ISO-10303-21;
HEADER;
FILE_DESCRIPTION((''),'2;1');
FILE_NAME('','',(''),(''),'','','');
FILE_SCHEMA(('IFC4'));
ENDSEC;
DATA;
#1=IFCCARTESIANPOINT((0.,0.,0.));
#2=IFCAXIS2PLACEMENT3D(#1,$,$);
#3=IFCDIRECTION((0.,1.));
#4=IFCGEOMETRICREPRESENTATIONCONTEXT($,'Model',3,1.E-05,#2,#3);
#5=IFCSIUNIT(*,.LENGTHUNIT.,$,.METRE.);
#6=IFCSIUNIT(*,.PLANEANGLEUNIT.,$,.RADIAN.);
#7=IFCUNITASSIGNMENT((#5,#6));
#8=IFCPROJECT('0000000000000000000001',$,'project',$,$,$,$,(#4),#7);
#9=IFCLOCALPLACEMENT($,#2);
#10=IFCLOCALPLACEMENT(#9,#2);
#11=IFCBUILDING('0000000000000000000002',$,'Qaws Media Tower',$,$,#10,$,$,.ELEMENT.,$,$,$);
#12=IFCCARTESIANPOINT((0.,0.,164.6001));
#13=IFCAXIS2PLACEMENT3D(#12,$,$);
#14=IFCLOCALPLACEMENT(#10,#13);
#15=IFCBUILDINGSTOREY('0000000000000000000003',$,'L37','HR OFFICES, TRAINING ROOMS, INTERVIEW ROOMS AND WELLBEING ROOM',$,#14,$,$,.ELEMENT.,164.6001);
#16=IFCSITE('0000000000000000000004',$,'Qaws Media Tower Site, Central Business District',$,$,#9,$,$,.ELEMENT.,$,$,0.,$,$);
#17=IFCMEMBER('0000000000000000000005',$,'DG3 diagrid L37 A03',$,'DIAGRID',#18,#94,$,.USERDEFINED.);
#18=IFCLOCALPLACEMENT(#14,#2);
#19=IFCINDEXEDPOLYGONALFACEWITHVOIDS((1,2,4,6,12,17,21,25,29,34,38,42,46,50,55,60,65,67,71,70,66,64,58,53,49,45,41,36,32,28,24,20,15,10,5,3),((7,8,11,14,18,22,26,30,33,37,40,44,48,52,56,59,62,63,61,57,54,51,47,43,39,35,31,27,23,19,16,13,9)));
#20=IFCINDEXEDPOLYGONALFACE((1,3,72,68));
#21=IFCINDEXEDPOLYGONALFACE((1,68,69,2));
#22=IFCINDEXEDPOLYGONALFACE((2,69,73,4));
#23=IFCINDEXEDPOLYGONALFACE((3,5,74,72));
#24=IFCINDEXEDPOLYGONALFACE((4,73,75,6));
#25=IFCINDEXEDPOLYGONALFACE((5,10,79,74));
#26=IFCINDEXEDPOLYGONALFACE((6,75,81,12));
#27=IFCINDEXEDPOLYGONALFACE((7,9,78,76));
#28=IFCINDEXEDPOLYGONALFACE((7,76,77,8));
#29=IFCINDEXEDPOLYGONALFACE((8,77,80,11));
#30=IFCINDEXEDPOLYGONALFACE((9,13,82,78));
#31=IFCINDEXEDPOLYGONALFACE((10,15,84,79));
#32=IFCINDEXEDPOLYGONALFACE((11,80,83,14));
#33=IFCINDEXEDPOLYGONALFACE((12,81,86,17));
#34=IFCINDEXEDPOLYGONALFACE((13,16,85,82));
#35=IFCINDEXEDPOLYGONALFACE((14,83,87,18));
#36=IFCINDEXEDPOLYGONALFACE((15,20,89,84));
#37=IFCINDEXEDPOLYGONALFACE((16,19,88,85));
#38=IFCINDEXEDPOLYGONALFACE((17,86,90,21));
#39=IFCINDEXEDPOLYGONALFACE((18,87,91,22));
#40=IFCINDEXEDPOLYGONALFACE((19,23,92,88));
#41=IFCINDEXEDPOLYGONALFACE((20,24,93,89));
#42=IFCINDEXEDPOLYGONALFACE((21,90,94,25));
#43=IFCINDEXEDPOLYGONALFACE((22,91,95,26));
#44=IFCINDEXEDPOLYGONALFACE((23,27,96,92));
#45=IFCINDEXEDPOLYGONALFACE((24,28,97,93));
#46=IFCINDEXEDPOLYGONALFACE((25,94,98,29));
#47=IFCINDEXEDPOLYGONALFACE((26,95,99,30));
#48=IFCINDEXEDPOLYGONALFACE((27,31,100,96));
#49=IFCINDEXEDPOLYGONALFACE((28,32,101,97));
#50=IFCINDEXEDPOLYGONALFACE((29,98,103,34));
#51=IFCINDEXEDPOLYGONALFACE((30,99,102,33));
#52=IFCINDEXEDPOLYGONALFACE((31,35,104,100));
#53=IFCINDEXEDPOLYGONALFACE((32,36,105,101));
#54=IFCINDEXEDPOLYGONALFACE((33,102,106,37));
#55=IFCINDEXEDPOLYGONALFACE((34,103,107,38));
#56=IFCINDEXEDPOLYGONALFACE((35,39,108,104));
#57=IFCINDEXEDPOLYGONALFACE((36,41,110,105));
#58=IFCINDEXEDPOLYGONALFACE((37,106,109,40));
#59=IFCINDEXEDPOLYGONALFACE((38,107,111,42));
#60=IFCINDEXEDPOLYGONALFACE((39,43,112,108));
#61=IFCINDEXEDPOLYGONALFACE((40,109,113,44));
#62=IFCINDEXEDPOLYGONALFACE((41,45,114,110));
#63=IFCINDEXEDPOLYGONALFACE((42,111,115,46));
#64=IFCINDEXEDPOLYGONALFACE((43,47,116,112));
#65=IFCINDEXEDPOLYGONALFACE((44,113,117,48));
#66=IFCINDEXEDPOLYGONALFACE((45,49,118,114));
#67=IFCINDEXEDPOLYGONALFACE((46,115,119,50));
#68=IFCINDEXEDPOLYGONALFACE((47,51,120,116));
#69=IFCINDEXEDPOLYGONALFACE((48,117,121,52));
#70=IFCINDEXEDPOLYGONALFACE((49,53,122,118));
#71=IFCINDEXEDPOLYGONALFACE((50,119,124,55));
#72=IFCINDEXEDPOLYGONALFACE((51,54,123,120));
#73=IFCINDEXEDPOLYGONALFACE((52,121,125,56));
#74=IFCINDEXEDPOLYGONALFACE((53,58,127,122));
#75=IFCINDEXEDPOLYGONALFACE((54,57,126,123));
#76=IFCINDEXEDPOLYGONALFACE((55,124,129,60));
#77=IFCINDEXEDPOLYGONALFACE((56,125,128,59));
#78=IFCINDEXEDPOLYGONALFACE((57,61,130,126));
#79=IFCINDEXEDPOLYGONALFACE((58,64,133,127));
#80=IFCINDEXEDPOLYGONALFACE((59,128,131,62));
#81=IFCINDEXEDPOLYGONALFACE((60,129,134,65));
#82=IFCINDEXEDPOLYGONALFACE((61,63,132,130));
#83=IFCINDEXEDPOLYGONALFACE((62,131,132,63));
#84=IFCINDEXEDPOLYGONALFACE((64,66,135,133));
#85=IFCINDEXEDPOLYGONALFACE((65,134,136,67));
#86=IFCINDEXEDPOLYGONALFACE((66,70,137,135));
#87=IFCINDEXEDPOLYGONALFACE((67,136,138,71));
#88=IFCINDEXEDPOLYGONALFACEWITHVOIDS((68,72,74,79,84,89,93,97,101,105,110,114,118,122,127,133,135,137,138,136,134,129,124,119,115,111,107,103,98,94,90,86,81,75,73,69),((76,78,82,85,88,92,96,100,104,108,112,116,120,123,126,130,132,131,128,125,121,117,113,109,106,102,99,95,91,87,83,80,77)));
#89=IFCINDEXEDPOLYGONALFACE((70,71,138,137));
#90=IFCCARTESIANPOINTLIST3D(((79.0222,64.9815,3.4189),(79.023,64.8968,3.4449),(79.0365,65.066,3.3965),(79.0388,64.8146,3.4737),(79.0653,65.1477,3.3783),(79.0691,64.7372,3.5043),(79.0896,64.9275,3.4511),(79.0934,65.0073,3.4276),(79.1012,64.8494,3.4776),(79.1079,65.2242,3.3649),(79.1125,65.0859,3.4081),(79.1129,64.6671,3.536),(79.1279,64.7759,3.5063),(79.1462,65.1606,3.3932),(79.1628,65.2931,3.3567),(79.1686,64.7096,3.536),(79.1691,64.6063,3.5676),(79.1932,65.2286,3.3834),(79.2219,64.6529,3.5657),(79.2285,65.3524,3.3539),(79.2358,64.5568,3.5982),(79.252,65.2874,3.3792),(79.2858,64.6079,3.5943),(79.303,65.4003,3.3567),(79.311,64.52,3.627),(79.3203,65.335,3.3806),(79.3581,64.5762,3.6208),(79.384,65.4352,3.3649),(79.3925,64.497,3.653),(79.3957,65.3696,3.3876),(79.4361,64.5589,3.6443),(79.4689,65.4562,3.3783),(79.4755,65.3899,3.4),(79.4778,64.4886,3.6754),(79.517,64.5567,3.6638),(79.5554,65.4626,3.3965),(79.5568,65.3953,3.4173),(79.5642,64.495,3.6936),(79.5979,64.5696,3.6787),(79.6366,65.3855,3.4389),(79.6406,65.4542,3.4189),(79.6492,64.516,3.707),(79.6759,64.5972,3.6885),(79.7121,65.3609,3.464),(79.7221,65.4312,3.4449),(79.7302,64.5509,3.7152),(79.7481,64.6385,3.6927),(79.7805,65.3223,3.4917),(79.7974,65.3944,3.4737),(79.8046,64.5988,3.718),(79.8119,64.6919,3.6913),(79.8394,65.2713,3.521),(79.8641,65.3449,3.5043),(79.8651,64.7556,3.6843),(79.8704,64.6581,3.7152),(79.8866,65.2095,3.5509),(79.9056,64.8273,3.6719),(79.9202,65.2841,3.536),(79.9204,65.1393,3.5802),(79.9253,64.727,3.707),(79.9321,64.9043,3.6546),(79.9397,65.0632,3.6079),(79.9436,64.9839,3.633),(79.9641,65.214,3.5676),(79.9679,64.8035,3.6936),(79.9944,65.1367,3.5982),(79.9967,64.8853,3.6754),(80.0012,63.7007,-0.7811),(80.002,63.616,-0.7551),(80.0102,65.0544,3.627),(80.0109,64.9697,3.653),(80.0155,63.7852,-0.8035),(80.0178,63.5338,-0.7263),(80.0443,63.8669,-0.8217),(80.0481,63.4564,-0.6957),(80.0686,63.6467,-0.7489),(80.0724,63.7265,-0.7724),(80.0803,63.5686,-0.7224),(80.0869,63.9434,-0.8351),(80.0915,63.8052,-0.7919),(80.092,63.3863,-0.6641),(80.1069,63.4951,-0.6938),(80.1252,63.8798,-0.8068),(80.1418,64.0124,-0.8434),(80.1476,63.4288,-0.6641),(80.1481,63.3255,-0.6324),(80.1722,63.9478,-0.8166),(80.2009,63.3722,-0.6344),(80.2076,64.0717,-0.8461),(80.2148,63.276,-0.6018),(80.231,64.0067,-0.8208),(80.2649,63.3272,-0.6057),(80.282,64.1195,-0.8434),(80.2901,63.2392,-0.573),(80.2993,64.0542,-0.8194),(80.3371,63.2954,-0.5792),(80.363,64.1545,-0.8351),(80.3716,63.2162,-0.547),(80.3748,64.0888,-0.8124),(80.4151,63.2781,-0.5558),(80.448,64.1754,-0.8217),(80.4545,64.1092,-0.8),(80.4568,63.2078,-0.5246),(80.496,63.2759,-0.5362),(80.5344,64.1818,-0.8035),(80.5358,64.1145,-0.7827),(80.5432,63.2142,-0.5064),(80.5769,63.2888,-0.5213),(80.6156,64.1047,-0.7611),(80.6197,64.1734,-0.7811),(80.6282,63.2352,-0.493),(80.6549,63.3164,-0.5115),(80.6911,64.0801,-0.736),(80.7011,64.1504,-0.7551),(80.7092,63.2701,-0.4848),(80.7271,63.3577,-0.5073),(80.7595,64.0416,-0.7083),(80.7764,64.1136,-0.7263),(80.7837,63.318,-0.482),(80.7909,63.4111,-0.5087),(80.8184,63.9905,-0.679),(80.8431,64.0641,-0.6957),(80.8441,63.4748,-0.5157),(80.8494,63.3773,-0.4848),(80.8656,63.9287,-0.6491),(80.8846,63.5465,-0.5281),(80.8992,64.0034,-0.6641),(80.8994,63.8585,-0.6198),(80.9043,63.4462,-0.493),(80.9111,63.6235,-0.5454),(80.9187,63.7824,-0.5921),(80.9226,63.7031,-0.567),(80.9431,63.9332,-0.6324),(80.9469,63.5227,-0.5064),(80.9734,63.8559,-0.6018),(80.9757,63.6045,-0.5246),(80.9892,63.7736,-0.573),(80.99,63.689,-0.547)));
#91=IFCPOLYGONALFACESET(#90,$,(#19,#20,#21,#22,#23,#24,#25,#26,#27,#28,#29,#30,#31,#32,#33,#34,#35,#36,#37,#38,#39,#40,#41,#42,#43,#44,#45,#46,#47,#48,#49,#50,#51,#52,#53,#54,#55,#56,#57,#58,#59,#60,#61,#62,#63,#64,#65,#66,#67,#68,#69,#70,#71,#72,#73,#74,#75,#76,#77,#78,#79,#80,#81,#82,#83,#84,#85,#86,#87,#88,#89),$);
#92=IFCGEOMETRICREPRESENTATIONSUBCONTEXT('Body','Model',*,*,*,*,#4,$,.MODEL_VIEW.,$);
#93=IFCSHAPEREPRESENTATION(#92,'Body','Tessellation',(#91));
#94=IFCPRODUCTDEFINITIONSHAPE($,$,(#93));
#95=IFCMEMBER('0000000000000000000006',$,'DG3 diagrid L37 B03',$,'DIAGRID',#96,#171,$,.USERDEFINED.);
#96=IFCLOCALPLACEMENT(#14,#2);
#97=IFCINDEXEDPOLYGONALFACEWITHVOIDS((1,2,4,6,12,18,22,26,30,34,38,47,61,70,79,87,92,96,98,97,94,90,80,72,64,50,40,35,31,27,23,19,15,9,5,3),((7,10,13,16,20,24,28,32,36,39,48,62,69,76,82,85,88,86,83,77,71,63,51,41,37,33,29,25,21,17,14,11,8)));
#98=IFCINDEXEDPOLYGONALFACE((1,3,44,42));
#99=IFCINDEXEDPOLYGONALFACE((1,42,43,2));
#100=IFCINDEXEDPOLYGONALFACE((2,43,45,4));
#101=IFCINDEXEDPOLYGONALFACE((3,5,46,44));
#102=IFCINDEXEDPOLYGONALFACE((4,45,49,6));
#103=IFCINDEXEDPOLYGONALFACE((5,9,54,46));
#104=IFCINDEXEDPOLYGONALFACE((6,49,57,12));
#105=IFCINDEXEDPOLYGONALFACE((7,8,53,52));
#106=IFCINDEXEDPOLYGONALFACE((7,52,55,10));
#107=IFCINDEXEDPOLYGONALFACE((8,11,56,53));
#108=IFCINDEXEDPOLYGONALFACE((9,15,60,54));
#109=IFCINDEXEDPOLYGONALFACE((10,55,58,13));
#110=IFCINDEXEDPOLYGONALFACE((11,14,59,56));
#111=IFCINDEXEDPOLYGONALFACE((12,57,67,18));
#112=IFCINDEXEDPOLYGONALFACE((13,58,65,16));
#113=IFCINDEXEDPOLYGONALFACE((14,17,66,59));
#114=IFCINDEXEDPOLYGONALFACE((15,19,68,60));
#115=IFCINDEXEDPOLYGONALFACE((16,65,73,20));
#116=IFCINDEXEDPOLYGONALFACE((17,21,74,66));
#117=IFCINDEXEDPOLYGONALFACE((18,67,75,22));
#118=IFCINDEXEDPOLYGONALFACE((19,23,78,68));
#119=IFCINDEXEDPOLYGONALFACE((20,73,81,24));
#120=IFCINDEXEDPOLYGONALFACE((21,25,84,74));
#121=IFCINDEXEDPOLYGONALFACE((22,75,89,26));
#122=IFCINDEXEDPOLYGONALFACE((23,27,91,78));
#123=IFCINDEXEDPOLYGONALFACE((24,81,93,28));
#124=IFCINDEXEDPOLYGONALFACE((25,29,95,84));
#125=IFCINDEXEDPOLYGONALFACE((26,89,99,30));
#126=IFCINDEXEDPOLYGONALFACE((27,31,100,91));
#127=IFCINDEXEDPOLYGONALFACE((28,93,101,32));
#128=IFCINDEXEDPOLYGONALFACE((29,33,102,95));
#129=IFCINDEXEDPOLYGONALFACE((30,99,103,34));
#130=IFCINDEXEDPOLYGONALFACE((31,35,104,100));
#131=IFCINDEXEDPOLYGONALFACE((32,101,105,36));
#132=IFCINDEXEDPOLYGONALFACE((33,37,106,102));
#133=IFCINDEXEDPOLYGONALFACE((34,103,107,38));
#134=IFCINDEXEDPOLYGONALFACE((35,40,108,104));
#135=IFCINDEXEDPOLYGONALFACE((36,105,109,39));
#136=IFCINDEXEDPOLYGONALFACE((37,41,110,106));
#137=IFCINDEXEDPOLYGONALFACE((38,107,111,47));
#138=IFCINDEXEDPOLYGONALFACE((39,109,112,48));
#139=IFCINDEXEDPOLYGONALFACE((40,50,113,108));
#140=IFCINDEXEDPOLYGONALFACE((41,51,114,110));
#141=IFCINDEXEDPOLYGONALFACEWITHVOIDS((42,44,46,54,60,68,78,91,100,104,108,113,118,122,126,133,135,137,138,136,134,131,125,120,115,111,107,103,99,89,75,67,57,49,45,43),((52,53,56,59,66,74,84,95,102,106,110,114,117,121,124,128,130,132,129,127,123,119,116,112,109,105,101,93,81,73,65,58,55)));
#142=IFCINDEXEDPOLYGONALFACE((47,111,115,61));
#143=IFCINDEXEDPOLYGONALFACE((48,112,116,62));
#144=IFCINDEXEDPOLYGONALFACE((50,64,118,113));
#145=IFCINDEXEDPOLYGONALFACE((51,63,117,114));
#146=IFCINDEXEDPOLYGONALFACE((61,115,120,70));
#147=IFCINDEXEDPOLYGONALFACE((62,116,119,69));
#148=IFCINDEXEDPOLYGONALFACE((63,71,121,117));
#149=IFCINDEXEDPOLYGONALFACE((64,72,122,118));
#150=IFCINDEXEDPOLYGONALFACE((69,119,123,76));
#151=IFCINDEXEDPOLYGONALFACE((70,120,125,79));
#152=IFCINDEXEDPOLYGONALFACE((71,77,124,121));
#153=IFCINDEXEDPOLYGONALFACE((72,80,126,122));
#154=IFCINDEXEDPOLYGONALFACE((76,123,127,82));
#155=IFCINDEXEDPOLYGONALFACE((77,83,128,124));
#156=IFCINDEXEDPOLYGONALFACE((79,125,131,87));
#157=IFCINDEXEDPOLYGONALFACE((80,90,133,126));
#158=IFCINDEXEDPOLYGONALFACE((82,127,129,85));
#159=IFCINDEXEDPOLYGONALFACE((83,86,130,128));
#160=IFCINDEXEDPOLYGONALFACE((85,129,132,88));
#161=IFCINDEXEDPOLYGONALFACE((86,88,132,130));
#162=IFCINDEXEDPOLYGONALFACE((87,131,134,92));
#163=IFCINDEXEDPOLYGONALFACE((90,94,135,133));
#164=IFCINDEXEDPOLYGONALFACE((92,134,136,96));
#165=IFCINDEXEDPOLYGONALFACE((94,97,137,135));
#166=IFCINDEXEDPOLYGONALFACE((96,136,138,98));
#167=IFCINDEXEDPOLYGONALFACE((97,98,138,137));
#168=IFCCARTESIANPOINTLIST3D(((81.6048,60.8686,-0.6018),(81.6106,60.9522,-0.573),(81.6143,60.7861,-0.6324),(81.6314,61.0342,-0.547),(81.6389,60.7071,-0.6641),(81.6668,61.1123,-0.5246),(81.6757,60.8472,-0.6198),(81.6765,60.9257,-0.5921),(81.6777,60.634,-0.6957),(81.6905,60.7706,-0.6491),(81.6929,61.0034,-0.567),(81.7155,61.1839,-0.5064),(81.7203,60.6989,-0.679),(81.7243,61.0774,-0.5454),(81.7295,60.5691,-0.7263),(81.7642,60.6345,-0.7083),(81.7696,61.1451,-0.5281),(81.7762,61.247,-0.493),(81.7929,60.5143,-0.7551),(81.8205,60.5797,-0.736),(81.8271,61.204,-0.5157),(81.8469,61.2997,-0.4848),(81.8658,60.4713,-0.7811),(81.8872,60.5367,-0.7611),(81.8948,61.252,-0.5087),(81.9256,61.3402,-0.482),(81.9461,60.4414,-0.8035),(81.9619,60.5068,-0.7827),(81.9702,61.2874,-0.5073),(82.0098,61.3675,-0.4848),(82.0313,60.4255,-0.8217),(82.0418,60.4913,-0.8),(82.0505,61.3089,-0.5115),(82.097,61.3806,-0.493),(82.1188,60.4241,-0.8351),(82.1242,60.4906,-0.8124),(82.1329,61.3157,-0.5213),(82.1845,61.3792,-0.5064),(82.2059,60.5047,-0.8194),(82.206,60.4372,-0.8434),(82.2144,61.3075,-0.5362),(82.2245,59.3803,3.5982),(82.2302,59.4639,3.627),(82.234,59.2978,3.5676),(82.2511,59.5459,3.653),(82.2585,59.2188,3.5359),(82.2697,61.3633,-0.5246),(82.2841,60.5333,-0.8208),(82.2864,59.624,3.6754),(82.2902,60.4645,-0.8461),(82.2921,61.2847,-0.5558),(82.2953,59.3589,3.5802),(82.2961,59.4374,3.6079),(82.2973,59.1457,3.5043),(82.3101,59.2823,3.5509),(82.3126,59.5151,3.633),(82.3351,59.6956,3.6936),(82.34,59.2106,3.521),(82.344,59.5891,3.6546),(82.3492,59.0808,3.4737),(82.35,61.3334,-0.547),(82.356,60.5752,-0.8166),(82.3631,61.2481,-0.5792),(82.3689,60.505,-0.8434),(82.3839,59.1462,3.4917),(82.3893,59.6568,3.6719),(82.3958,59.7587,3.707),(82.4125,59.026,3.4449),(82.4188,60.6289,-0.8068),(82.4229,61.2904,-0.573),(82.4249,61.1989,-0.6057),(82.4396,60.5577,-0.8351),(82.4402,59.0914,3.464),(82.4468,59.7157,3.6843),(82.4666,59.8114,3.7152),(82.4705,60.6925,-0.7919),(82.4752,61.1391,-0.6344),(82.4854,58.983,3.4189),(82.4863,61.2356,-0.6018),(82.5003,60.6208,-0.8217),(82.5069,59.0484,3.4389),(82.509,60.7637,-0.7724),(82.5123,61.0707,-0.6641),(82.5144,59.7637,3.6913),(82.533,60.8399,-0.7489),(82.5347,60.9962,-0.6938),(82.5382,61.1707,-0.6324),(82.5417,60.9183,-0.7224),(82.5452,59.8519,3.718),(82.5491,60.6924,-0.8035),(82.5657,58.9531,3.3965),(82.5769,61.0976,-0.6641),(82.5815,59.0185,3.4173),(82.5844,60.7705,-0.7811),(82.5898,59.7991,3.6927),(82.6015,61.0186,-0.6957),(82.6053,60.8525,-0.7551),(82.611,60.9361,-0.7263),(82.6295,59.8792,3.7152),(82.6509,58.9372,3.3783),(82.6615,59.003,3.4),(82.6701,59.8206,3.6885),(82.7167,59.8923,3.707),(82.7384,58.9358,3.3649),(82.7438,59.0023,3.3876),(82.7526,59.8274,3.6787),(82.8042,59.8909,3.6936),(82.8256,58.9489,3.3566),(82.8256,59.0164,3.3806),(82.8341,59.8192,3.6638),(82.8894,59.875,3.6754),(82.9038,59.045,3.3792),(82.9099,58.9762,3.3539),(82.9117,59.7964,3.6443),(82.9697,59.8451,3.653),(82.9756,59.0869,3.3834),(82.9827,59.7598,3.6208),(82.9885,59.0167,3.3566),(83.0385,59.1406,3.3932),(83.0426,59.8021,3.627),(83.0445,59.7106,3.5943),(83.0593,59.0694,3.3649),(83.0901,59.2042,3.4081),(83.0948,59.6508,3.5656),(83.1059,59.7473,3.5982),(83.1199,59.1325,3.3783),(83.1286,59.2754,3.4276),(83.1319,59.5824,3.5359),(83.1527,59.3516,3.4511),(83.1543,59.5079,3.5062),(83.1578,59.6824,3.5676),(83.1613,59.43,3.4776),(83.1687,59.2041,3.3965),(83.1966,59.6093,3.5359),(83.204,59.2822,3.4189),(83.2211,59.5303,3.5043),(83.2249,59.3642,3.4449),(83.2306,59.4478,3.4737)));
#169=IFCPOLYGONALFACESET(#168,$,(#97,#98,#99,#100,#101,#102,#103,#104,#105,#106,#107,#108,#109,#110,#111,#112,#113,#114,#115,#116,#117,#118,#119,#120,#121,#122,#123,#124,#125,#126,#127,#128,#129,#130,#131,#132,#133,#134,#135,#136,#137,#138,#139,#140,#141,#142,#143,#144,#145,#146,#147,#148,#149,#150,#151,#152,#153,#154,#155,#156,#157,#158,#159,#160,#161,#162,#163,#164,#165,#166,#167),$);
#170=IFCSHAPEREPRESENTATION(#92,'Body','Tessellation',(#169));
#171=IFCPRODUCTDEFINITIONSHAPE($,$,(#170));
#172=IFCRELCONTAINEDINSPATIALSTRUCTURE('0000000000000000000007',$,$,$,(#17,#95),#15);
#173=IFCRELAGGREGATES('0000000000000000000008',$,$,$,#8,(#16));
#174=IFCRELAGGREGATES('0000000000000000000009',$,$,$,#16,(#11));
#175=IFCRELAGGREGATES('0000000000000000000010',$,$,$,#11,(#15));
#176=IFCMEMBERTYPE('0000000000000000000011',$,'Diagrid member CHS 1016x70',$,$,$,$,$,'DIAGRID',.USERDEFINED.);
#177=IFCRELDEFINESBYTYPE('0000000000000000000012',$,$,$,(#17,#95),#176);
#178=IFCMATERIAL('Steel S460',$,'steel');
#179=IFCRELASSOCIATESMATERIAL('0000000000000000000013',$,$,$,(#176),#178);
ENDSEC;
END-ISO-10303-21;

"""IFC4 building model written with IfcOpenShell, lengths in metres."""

from ifc_helpers import new_model, si_unit, direction, frame, origin, origin_2d, place, context, subcontext, project, spatial, hollow_circle, extrude, material, material_profile, profile_set, type_object, element, save


model = new_model("IFC4")

# Units and contexts
model_context = context("Model", 3, precision=1e-05, world=origin(), true_north=direction((0.0, 1.0)))
body_context = subcontext(model_context, "Body", "Model", "MODEL_VIEW")
ifc_project = project(units=[si_unit("LENGTHUNIT", "METRE"), si_unit("PLANEANGLEUNIT", "RADIAN")], contexts=[model_context])

# Site, building, storey
site_placement = place(None, origin())
site = spatial("IfcSite", under=ifc_project, at=site_placement, Name="Qaws Media Tower Site, Central Business District", CompositionType="ELEMENT", RefElevation=0.0)
building_placement = place(site_placement, origin())
building = spatial("IfcBuilding", under=site, at=building_placement, Name="Qaws Media Tower", CompositionType="ELEMENT")
storey_placement = place(building_placement, frame((0.0, 0.0, 164.6001)))
storey = spatial("IfcBuildingStorey", under=building, at=storey_placement, Name="L37", Description="HR OFFICES, TRAINING ROOMS, INTERVIEW ROOMS AND WELLBEING ROOM", CompositionType="ELEMENT", Elevation=164.6001)

# Members
ifc_material_1 = material(Name="Steel S460", Category="steel")
ifc_material_profile_1 = material_profile(ifc_material_1, hollow_circle(Radius=0.5081, WallThickness=0.0701, at=origin_2d()), Name="CHS 1016x70")
ifc_profile_set_1 = profile_set([ifc_material_profile_1], Name="Steel S460")
member_type_1 = type_object("IfcMemberType", Name="Diagrid member CHS 1016x70", ElementType="DIAGRID", PredefinedType="USERDEFINED", material=ifc_profile_set_1)
for number, where, z_axis, x_axis, name in (
    (1, (80.4956, 63.6948, -0.6641), (-0.217619, 0.284695, 0.93359), (-0.794478, -0.607293, 0.0), "DG3 diagrid L37 A03"),
    (2, (82.1079, 60.9023, -0.6641), (0.137734, -0.330823, 0.933587), (0.923184, 0.384357, 0.0), "DG3 diagrid L37 B03"),
):
    element("IfcMember", number, at=place(storey_placement, frame(where, z_axis=z_axis, x_axis=x_axis)), inside=storey, type_object=member_type_1, Name=name, ObjectType="DIAGRID", PredefinedType="USERDEFINED", context=body_context, shape_type="SweptSolid", body=[
        extrude(hollow_circle(Radius=0.5081, WallThickness=0.0701, at=origin_2d()), origin(), (0.0, 0.0, 1.0), 4.4988),
    ])

save(model, "model.ifc")
